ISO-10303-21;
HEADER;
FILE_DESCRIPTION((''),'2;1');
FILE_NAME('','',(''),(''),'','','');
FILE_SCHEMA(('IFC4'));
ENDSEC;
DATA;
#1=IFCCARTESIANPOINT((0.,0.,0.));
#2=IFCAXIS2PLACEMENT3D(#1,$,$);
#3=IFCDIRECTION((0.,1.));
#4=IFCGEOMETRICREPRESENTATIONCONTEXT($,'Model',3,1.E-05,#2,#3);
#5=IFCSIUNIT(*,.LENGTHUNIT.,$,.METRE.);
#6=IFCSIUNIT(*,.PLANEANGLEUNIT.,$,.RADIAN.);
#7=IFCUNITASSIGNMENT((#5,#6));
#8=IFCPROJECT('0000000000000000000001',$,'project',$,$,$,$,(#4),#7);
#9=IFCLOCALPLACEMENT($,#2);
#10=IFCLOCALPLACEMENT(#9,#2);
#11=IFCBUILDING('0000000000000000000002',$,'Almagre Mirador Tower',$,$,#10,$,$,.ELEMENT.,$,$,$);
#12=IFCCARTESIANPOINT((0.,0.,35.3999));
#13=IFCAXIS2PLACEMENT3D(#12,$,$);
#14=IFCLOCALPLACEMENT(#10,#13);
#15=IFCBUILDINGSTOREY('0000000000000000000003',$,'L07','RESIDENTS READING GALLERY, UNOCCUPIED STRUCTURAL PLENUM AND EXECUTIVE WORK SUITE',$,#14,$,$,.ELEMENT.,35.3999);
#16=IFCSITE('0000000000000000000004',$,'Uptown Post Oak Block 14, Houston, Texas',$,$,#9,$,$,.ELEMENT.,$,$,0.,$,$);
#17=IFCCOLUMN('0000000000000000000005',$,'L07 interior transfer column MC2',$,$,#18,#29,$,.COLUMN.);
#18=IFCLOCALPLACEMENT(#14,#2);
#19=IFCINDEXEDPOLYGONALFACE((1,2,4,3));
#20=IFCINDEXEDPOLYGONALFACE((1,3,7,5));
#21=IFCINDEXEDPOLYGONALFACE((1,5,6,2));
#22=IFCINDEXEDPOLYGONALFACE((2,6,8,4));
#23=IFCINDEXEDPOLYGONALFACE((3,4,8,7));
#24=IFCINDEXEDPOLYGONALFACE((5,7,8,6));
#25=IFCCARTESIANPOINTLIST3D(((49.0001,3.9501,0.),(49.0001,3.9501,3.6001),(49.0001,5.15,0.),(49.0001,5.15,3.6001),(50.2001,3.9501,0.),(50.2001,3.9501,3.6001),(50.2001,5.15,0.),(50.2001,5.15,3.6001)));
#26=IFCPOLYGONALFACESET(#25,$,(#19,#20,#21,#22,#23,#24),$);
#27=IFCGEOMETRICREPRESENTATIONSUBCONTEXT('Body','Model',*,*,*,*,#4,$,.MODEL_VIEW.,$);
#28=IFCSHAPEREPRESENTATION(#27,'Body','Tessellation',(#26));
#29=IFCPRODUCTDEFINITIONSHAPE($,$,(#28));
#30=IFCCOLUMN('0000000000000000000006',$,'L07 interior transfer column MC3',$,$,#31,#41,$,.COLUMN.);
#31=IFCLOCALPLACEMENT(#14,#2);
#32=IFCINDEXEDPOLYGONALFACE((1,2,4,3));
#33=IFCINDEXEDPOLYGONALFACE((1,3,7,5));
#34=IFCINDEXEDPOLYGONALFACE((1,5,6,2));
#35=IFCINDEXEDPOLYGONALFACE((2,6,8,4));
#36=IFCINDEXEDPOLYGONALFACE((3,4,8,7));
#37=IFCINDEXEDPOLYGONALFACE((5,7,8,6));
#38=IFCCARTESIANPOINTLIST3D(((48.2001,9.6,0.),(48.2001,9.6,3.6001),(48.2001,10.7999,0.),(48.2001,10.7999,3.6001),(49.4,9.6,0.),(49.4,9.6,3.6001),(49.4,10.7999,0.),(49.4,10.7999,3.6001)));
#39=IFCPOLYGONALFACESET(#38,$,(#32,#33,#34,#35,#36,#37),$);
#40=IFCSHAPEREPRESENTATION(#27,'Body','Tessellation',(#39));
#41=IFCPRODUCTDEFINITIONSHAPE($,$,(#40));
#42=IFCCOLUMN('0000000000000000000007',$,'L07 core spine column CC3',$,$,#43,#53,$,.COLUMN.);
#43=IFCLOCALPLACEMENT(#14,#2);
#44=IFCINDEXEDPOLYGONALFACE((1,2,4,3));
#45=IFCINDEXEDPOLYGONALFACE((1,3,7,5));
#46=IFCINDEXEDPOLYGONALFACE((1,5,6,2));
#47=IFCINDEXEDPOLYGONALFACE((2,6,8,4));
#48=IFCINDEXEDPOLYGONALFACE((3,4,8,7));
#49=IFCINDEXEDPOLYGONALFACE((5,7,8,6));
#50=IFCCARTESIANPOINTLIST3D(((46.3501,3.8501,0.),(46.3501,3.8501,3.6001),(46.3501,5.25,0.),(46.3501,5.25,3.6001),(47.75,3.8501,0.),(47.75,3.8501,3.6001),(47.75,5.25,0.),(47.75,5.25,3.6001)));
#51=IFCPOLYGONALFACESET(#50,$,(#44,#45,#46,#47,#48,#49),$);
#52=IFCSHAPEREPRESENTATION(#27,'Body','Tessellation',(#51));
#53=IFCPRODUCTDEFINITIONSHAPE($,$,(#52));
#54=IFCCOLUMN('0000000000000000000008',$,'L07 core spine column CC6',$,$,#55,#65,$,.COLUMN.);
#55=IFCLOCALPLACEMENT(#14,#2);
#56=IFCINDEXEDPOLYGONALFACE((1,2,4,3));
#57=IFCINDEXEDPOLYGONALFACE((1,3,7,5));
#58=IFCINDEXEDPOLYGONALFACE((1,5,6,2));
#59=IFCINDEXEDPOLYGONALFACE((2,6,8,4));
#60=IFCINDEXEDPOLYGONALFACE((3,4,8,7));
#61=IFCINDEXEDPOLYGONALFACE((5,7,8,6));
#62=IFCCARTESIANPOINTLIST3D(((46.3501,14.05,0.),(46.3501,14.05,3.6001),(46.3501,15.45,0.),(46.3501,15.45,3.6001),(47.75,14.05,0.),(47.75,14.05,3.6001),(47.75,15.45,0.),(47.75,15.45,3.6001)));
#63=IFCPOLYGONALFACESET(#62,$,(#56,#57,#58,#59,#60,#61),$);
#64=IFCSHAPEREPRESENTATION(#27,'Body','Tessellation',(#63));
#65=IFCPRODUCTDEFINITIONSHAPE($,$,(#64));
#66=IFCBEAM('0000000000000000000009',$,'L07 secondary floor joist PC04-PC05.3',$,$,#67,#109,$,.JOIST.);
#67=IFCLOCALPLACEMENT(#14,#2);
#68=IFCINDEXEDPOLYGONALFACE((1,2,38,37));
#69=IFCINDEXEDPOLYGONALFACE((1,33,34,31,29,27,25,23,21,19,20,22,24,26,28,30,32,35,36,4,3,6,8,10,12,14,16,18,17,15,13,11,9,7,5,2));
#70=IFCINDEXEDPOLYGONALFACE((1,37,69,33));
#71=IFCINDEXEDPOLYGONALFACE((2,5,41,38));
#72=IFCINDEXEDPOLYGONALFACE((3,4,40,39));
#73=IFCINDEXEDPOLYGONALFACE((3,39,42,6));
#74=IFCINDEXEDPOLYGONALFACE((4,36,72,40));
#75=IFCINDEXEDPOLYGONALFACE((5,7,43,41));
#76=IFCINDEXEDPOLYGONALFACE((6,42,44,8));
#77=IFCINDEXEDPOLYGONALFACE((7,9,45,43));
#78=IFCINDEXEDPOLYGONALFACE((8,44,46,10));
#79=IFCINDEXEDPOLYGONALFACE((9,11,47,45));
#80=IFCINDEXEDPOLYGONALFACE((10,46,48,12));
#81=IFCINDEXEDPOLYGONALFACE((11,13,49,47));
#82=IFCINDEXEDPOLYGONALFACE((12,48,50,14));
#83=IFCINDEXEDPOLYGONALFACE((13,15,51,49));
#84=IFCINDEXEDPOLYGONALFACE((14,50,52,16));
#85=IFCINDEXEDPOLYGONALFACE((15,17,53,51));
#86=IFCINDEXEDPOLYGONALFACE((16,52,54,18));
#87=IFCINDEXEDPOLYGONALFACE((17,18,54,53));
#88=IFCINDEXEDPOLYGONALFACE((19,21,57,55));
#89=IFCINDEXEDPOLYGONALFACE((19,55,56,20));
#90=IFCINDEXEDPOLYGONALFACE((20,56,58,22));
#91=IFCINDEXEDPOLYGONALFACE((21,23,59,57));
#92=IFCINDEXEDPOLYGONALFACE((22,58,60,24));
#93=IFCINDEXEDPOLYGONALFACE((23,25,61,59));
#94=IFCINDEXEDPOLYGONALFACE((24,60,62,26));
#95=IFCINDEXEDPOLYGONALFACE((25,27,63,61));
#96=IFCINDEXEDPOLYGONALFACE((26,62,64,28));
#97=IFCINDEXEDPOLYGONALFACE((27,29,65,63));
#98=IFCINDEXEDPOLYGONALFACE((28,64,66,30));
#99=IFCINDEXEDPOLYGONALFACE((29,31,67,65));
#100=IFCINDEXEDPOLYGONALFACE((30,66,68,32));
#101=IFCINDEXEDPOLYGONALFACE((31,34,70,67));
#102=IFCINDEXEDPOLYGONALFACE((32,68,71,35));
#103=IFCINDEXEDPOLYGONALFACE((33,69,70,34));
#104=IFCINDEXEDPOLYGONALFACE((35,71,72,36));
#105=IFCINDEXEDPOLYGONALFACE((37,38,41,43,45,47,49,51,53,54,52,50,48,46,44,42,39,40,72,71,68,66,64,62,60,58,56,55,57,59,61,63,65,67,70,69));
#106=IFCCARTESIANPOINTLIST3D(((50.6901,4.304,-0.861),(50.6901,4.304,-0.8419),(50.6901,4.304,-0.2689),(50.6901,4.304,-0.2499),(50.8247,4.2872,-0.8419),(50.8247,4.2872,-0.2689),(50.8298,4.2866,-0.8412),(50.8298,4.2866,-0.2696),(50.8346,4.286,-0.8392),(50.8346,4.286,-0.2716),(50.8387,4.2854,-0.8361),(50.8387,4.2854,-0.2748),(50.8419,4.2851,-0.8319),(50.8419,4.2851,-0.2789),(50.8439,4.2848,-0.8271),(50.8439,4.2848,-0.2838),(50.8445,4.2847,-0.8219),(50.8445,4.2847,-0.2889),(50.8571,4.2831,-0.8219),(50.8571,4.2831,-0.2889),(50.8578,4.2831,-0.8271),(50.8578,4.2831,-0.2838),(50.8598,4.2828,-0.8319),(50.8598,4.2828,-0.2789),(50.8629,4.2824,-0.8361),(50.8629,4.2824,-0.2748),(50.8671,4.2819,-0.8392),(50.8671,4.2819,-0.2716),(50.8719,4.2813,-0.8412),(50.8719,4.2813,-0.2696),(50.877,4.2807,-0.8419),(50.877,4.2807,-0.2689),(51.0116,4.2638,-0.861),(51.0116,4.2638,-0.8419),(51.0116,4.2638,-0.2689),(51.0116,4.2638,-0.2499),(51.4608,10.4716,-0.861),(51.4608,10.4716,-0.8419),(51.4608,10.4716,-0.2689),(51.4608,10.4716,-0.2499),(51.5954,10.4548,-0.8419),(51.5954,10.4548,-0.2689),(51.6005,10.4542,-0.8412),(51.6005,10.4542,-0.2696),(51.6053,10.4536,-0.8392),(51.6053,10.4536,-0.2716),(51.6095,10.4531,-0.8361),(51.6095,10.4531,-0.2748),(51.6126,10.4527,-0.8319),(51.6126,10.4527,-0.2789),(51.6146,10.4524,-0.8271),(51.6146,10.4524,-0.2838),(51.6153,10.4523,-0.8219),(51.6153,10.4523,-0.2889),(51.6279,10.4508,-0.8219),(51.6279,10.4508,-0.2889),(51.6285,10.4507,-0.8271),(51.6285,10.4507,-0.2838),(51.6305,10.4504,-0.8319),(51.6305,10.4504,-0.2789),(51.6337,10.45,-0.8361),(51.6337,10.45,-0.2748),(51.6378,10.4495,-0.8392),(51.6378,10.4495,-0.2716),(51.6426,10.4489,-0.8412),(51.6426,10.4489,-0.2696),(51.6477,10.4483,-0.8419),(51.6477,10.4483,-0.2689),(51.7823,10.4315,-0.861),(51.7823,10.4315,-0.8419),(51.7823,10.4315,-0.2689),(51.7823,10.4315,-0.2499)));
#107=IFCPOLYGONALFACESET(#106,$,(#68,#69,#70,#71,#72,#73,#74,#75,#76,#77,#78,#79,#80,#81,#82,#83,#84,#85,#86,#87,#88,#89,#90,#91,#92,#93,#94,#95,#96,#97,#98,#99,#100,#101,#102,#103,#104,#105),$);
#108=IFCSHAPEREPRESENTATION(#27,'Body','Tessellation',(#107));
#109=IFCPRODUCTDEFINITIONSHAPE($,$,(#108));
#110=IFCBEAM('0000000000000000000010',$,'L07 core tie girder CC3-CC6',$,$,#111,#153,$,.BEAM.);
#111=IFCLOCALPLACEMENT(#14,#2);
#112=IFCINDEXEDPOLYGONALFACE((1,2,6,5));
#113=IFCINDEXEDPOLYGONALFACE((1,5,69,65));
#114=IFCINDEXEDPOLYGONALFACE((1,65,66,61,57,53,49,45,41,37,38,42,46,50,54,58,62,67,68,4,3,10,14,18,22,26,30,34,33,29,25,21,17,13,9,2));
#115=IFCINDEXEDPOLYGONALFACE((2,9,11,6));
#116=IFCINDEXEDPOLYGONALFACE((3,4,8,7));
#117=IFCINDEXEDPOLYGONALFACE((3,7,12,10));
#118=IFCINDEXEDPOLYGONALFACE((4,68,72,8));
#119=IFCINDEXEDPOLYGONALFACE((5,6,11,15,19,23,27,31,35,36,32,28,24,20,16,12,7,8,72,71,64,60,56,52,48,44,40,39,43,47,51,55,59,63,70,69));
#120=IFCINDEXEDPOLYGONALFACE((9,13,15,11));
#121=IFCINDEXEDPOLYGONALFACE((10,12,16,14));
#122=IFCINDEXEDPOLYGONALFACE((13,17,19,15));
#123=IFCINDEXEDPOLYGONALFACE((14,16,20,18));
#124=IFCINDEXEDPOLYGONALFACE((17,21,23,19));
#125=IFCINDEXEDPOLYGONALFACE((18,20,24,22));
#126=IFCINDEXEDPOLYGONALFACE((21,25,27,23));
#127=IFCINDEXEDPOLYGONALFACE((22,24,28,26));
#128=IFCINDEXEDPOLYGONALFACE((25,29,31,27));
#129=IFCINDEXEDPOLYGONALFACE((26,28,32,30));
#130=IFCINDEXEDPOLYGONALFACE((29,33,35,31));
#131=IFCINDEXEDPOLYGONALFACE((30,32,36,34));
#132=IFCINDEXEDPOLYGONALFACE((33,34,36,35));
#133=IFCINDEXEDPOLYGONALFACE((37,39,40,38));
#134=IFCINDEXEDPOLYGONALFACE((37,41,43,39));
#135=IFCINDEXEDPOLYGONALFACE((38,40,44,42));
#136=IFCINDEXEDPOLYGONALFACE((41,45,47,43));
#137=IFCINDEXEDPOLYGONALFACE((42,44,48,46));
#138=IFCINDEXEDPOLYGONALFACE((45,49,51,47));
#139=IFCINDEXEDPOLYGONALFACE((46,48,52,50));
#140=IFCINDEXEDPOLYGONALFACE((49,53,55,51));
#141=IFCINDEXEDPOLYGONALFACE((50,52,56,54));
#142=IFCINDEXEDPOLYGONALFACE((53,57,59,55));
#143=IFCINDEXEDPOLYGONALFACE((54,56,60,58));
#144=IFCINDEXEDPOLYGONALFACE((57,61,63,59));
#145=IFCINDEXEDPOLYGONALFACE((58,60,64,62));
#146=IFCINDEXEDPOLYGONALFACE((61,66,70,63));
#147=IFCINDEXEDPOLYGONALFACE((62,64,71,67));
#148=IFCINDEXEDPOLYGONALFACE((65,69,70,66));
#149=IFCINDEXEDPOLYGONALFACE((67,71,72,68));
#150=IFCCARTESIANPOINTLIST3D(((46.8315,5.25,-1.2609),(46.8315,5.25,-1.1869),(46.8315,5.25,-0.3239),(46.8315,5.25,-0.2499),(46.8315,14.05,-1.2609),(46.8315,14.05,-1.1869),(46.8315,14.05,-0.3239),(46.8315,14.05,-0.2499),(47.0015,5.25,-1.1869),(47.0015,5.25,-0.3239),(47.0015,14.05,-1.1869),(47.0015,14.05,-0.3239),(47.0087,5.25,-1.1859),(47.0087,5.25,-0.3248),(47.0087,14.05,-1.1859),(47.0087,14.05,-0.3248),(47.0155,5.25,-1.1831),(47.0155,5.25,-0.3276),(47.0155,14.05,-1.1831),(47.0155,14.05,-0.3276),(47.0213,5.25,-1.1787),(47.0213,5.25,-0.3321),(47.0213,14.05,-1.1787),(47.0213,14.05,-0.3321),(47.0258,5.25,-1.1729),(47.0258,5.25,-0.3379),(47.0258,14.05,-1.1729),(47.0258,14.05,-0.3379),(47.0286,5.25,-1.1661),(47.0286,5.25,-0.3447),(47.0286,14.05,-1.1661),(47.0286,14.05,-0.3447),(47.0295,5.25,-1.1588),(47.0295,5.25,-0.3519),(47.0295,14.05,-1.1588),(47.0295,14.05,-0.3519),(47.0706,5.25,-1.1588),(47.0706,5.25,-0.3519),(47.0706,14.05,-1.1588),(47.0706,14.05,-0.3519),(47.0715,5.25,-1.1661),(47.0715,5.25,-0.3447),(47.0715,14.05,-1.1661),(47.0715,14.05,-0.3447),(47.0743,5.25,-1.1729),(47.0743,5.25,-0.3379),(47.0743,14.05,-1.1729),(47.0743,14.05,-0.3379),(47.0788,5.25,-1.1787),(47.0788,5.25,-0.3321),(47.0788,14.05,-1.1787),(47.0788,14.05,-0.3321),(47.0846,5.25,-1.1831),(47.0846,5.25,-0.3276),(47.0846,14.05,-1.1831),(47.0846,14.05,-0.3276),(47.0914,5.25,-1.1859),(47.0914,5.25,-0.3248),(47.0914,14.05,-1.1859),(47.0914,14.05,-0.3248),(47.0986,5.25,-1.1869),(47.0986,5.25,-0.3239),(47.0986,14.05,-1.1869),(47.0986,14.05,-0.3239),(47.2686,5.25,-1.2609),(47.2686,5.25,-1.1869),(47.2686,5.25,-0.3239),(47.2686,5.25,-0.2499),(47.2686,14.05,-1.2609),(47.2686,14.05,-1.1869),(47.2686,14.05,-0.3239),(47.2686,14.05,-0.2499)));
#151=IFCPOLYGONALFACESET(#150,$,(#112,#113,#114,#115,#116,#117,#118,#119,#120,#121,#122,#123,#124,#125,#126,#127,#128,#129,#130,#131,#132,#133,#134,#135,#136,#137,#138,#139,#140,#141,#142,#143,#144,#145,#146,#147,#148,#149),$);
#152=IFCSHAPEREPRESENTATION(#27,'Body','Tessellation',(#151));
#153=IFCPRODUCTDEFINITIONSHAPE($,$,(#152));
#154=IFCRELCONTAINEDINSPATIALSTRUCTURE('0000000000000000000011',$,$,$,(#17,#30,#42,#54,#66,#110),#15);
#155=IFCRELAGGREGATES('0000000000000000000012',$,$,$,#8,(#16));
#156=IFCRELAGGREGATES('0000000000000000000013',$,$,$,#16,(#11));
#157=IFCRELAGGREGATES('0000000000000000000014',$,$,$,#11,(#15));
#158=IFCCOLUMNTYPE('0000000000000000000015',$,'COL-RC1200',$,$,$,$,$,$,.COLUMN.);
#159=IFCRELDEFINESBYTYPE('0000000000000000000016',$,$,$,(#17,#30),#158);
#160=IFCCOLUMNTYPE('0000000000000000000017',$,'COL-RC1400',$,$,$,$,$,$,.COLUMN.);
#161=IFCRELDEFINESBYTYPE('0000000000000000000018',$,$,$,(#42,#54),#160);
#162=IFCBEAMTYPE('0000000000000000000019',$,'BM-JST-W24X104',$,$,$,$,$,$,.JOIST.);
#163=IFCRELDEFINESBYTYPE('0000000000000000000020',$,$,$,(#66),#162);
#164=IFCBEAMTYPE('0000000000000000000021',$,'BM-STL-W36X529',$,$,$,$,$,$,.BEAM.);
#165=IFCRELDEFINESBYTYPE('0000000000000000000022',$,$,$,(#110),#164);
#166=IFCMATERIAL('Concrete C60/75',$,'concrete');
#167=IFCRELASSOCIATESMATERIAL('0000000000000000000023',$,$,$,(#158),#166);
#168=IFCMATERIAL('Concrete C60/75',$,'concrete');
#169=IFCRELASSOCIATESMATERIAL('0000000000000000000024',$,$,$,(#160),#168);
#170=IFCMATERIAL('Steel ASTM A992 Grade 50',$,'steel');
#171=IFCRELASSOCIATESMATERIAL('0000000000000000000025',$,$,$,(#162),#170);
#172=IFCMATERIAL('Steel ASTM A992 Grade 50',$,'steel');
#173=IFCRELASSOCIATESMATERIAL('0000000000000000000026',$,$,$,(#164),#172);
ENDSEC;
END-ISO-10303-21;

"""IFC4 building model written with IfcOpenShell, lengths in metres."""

from ifc_helpers import new_model, si_unit, direction, frame, origin, origin_2d, place, context, subcontext, project, spatial, rectangle, i_section, extrude, material, material_profile, profile_set, type_object, element, save


model = new_model("IFC4")

# Units and contexts
model_context = context("Model", 3, precision=1e-05, world=origin(), true_north=direction((0.0, 1.0)))
body_context = subcontext(model_context, "Body", "Model", "MODEL_VIEW")
ifc_project = project(units=[si_unit("LENGTHUNIT", "METRE"), si_unit("PLANEANGLEUNIT", "RADIAN")], contexts=[model_context])

# Site, building, storey
site_placement = place(None, origin())
site = spatial("IfcSite", under=ifc_project, at=site_placement, Name="Uptown Post Oak Block 14, Houston, Texas", CompositionType="ELEMENT", RefElevation=0.0)
building_placement = place(site_placement, origin())
building = spatial("IfcBuilding", under=site, at=building_placement, Name="Almagre Mirador Tower", CompositionType="ELEMENT")
storey_placement = place(building_placement, frame((0.0, 0.0, 35.3999)))
storey = spatial("IfcBuildingStorey", under=building, at=storey_placement, Name="L07", Description="RESIDENTS READING GALLERY, UNOCCUPIED STRUCTURAL PLENUM AND EXECUTIVE WORK SUITE", CompositionType="ELEMENT", Elevation=35.3999)

# Columns
ifc_material_1 = material(Name="Concrete C60/75", Category="concrete")
ifc_material_profile_1 = material_profile(ifc_material_1, rectangle(XDim=1.2, YDim=1.2, at=origin_2d()), Name="RC1200X1200")
ifc_profile_set_1 = profile_set([ifc_material_profile_1], Name="Concrete C60/75")
column_type_1 = type_object("IfcColumnType", Name="COL-RC1200", PredefinedType="COLUMN", material=ifc_profile_set_1)
for number, where, z_axis, x_axis, name in (
    (1, (49.6001, 4.55, 0.0), (0.0, 0.0, 1.0), (1.0, 0.0, 0.0), "L07 interior transfer column MC2"),
    (2, (48.8, 10.2, 0.0), (0.0, 0.0, 1.0), (1.0, 0.0, 0.0), "L07 interior transfer column MC3"),
):
    element("IfcColumn", number, at=place(storey_placement, frame(where, z_axis=z_axis, x_axis=x_axis)), inside=storey, type_object=column_type_1, Name=name, PredefinedType="COLUMN", context=body_context, shape_type="SweptSolid", body=[
        extrude(rectangle(XDim=1.2, YDim=1.2, at=origin_2d()), origin(), (0.0, 0.0, 1.0), 3.6001),
    ])
ifc_material_2 = material(Name="Concrete C60/75", Category="concrete")
ifc_material_profile_2 = material_profile(ifc_material_2, rectangle(XDim=1.3999, YDim=1.3999, at=origin_2d()), Name="RC1400X1400")
ifc_profile_set_2 = profile_set([ifc_material_profile_2], Name="Concrete C60/75")
column_type_2 = type_object("IfcColumnType", Name="COL-RC1400", PredefinedType="COLUMN", material=ifc_profile_set_2)
for number, where, z_axis, x_axis, name in (
    (3, (47.05, 4.55, 0.0), (0.0, 0.0, 1.0), (1.0, 0.0, 0.0), "L07 core spine column CC3"),
    (4, (47.05, 14.75, 0.0), (0.0, 0.0, 1.0), (1.0, 0.0, 0.0), "L07 core spine column CC6"),
):
    element("IfcColumn", number, at=place(storey_placement, frame(where, z_axis=z_axis, x_axis=x_axis)), inside=storey, type_object=column_type_2, Name=name, PredefinedType="COLUMN", context=body_context, shape_type="SweptSolid", body=[
        extrude(rectangle(XDim=1.3999, YDim=1.3999, at=origin_2d()), origin(), (0.0, 0.0, 1.0), 3.6001),
    ])

# Beams
ifc_material_3 = material(Name="Steel ASTM A992 Grade 50", Category="steel")
ifc_material_profile_3 = material_profile(ifc_material_3, i_section(OverallWidth=0.324, OverallDepth=0.6111, WebThickness=0.0127, FlangeThickness=0.019, FilletRadius=0.02, at=origin_2d()), Name="W24X104")
ifc_profile_set_3 = profile_set([ifc_material_profile_3], Name="Steel ASTM A992 Grade 50")
beam_type_1 = type_object("IfcBeamType", Name="BM-JST-W24X104", PredefinedType="JOIST", material=ifc_profile_set_3)
beam_1_placement = place(storey_placement, frame((50.8508, 4.2839, -0.5554), z_axis=(0.124001, 0.992282, 0.0), x_axis=(-0.992282, 0.124001, 0.0)))
element("IfcBeam", 5, at=beam_1_placement, inside=storey, type_object=beam_type_1, Name="L07 secondary floor joist PC04-PC05.3", PredefinedType="JOIST", context=body_context, shape_type="SweptSolid", body=[
    extrude(i_section(OverallWidth=0.324, OverallDepth=0.6111, WebThickness=0.0127, FlangeThickness=0.019, FilletRadius=0.02, at=origin_2d()), origin(), (0.0, 0.0, 1.0), 6.2156),
])
ifc_material_4 = material(Name="Steel ASTM A992 Grade 50", Category="steel")
ifc_material_profile_4 = material_profile(ifc_material_4, i_section(OverallWidth=0.437, OverallDepth=1.011, WebThickness=0.041, FlangeThickness=0.074, FilletRadius=0.0281, at=origin_2d()), Name="W36X529")
ifc_profile_set_4 = profile_set([ifc_material_profile_4], Name="Steel ASTM A992 Grade 50")
beam_type_2 = type_object("IfcBeamType", Name="BM-STL-W36X529", PredefinedType="BEAM", material=ifc_profile_set_4)
beam_2_placement = place(storey_placement, frame((47.05, 5.25, -0.7554), z_axis=(0.0, 1.0, 0.0), x_axis=(-1.0, 0.0, 0.0)))
element("IfcBeam", 6, at=beam_2_placement, inside=storey, type_object=beam_type_2, Name="L07 core tie girder CC3-CC6", PredefinedType="BEAM", context=body_context, shape_type="SweptSolid", body=[
    extrude(i_section(OverallWidth=0.437, OverallDepth=1.011, WebThickness=0.041, FlangeThickness=0.074, FilletRadius=0.0281, at=origin_2d()), origin(), (0.0, 0.0, 1.0), 8.8),
])

save(model, "model.ifc")
